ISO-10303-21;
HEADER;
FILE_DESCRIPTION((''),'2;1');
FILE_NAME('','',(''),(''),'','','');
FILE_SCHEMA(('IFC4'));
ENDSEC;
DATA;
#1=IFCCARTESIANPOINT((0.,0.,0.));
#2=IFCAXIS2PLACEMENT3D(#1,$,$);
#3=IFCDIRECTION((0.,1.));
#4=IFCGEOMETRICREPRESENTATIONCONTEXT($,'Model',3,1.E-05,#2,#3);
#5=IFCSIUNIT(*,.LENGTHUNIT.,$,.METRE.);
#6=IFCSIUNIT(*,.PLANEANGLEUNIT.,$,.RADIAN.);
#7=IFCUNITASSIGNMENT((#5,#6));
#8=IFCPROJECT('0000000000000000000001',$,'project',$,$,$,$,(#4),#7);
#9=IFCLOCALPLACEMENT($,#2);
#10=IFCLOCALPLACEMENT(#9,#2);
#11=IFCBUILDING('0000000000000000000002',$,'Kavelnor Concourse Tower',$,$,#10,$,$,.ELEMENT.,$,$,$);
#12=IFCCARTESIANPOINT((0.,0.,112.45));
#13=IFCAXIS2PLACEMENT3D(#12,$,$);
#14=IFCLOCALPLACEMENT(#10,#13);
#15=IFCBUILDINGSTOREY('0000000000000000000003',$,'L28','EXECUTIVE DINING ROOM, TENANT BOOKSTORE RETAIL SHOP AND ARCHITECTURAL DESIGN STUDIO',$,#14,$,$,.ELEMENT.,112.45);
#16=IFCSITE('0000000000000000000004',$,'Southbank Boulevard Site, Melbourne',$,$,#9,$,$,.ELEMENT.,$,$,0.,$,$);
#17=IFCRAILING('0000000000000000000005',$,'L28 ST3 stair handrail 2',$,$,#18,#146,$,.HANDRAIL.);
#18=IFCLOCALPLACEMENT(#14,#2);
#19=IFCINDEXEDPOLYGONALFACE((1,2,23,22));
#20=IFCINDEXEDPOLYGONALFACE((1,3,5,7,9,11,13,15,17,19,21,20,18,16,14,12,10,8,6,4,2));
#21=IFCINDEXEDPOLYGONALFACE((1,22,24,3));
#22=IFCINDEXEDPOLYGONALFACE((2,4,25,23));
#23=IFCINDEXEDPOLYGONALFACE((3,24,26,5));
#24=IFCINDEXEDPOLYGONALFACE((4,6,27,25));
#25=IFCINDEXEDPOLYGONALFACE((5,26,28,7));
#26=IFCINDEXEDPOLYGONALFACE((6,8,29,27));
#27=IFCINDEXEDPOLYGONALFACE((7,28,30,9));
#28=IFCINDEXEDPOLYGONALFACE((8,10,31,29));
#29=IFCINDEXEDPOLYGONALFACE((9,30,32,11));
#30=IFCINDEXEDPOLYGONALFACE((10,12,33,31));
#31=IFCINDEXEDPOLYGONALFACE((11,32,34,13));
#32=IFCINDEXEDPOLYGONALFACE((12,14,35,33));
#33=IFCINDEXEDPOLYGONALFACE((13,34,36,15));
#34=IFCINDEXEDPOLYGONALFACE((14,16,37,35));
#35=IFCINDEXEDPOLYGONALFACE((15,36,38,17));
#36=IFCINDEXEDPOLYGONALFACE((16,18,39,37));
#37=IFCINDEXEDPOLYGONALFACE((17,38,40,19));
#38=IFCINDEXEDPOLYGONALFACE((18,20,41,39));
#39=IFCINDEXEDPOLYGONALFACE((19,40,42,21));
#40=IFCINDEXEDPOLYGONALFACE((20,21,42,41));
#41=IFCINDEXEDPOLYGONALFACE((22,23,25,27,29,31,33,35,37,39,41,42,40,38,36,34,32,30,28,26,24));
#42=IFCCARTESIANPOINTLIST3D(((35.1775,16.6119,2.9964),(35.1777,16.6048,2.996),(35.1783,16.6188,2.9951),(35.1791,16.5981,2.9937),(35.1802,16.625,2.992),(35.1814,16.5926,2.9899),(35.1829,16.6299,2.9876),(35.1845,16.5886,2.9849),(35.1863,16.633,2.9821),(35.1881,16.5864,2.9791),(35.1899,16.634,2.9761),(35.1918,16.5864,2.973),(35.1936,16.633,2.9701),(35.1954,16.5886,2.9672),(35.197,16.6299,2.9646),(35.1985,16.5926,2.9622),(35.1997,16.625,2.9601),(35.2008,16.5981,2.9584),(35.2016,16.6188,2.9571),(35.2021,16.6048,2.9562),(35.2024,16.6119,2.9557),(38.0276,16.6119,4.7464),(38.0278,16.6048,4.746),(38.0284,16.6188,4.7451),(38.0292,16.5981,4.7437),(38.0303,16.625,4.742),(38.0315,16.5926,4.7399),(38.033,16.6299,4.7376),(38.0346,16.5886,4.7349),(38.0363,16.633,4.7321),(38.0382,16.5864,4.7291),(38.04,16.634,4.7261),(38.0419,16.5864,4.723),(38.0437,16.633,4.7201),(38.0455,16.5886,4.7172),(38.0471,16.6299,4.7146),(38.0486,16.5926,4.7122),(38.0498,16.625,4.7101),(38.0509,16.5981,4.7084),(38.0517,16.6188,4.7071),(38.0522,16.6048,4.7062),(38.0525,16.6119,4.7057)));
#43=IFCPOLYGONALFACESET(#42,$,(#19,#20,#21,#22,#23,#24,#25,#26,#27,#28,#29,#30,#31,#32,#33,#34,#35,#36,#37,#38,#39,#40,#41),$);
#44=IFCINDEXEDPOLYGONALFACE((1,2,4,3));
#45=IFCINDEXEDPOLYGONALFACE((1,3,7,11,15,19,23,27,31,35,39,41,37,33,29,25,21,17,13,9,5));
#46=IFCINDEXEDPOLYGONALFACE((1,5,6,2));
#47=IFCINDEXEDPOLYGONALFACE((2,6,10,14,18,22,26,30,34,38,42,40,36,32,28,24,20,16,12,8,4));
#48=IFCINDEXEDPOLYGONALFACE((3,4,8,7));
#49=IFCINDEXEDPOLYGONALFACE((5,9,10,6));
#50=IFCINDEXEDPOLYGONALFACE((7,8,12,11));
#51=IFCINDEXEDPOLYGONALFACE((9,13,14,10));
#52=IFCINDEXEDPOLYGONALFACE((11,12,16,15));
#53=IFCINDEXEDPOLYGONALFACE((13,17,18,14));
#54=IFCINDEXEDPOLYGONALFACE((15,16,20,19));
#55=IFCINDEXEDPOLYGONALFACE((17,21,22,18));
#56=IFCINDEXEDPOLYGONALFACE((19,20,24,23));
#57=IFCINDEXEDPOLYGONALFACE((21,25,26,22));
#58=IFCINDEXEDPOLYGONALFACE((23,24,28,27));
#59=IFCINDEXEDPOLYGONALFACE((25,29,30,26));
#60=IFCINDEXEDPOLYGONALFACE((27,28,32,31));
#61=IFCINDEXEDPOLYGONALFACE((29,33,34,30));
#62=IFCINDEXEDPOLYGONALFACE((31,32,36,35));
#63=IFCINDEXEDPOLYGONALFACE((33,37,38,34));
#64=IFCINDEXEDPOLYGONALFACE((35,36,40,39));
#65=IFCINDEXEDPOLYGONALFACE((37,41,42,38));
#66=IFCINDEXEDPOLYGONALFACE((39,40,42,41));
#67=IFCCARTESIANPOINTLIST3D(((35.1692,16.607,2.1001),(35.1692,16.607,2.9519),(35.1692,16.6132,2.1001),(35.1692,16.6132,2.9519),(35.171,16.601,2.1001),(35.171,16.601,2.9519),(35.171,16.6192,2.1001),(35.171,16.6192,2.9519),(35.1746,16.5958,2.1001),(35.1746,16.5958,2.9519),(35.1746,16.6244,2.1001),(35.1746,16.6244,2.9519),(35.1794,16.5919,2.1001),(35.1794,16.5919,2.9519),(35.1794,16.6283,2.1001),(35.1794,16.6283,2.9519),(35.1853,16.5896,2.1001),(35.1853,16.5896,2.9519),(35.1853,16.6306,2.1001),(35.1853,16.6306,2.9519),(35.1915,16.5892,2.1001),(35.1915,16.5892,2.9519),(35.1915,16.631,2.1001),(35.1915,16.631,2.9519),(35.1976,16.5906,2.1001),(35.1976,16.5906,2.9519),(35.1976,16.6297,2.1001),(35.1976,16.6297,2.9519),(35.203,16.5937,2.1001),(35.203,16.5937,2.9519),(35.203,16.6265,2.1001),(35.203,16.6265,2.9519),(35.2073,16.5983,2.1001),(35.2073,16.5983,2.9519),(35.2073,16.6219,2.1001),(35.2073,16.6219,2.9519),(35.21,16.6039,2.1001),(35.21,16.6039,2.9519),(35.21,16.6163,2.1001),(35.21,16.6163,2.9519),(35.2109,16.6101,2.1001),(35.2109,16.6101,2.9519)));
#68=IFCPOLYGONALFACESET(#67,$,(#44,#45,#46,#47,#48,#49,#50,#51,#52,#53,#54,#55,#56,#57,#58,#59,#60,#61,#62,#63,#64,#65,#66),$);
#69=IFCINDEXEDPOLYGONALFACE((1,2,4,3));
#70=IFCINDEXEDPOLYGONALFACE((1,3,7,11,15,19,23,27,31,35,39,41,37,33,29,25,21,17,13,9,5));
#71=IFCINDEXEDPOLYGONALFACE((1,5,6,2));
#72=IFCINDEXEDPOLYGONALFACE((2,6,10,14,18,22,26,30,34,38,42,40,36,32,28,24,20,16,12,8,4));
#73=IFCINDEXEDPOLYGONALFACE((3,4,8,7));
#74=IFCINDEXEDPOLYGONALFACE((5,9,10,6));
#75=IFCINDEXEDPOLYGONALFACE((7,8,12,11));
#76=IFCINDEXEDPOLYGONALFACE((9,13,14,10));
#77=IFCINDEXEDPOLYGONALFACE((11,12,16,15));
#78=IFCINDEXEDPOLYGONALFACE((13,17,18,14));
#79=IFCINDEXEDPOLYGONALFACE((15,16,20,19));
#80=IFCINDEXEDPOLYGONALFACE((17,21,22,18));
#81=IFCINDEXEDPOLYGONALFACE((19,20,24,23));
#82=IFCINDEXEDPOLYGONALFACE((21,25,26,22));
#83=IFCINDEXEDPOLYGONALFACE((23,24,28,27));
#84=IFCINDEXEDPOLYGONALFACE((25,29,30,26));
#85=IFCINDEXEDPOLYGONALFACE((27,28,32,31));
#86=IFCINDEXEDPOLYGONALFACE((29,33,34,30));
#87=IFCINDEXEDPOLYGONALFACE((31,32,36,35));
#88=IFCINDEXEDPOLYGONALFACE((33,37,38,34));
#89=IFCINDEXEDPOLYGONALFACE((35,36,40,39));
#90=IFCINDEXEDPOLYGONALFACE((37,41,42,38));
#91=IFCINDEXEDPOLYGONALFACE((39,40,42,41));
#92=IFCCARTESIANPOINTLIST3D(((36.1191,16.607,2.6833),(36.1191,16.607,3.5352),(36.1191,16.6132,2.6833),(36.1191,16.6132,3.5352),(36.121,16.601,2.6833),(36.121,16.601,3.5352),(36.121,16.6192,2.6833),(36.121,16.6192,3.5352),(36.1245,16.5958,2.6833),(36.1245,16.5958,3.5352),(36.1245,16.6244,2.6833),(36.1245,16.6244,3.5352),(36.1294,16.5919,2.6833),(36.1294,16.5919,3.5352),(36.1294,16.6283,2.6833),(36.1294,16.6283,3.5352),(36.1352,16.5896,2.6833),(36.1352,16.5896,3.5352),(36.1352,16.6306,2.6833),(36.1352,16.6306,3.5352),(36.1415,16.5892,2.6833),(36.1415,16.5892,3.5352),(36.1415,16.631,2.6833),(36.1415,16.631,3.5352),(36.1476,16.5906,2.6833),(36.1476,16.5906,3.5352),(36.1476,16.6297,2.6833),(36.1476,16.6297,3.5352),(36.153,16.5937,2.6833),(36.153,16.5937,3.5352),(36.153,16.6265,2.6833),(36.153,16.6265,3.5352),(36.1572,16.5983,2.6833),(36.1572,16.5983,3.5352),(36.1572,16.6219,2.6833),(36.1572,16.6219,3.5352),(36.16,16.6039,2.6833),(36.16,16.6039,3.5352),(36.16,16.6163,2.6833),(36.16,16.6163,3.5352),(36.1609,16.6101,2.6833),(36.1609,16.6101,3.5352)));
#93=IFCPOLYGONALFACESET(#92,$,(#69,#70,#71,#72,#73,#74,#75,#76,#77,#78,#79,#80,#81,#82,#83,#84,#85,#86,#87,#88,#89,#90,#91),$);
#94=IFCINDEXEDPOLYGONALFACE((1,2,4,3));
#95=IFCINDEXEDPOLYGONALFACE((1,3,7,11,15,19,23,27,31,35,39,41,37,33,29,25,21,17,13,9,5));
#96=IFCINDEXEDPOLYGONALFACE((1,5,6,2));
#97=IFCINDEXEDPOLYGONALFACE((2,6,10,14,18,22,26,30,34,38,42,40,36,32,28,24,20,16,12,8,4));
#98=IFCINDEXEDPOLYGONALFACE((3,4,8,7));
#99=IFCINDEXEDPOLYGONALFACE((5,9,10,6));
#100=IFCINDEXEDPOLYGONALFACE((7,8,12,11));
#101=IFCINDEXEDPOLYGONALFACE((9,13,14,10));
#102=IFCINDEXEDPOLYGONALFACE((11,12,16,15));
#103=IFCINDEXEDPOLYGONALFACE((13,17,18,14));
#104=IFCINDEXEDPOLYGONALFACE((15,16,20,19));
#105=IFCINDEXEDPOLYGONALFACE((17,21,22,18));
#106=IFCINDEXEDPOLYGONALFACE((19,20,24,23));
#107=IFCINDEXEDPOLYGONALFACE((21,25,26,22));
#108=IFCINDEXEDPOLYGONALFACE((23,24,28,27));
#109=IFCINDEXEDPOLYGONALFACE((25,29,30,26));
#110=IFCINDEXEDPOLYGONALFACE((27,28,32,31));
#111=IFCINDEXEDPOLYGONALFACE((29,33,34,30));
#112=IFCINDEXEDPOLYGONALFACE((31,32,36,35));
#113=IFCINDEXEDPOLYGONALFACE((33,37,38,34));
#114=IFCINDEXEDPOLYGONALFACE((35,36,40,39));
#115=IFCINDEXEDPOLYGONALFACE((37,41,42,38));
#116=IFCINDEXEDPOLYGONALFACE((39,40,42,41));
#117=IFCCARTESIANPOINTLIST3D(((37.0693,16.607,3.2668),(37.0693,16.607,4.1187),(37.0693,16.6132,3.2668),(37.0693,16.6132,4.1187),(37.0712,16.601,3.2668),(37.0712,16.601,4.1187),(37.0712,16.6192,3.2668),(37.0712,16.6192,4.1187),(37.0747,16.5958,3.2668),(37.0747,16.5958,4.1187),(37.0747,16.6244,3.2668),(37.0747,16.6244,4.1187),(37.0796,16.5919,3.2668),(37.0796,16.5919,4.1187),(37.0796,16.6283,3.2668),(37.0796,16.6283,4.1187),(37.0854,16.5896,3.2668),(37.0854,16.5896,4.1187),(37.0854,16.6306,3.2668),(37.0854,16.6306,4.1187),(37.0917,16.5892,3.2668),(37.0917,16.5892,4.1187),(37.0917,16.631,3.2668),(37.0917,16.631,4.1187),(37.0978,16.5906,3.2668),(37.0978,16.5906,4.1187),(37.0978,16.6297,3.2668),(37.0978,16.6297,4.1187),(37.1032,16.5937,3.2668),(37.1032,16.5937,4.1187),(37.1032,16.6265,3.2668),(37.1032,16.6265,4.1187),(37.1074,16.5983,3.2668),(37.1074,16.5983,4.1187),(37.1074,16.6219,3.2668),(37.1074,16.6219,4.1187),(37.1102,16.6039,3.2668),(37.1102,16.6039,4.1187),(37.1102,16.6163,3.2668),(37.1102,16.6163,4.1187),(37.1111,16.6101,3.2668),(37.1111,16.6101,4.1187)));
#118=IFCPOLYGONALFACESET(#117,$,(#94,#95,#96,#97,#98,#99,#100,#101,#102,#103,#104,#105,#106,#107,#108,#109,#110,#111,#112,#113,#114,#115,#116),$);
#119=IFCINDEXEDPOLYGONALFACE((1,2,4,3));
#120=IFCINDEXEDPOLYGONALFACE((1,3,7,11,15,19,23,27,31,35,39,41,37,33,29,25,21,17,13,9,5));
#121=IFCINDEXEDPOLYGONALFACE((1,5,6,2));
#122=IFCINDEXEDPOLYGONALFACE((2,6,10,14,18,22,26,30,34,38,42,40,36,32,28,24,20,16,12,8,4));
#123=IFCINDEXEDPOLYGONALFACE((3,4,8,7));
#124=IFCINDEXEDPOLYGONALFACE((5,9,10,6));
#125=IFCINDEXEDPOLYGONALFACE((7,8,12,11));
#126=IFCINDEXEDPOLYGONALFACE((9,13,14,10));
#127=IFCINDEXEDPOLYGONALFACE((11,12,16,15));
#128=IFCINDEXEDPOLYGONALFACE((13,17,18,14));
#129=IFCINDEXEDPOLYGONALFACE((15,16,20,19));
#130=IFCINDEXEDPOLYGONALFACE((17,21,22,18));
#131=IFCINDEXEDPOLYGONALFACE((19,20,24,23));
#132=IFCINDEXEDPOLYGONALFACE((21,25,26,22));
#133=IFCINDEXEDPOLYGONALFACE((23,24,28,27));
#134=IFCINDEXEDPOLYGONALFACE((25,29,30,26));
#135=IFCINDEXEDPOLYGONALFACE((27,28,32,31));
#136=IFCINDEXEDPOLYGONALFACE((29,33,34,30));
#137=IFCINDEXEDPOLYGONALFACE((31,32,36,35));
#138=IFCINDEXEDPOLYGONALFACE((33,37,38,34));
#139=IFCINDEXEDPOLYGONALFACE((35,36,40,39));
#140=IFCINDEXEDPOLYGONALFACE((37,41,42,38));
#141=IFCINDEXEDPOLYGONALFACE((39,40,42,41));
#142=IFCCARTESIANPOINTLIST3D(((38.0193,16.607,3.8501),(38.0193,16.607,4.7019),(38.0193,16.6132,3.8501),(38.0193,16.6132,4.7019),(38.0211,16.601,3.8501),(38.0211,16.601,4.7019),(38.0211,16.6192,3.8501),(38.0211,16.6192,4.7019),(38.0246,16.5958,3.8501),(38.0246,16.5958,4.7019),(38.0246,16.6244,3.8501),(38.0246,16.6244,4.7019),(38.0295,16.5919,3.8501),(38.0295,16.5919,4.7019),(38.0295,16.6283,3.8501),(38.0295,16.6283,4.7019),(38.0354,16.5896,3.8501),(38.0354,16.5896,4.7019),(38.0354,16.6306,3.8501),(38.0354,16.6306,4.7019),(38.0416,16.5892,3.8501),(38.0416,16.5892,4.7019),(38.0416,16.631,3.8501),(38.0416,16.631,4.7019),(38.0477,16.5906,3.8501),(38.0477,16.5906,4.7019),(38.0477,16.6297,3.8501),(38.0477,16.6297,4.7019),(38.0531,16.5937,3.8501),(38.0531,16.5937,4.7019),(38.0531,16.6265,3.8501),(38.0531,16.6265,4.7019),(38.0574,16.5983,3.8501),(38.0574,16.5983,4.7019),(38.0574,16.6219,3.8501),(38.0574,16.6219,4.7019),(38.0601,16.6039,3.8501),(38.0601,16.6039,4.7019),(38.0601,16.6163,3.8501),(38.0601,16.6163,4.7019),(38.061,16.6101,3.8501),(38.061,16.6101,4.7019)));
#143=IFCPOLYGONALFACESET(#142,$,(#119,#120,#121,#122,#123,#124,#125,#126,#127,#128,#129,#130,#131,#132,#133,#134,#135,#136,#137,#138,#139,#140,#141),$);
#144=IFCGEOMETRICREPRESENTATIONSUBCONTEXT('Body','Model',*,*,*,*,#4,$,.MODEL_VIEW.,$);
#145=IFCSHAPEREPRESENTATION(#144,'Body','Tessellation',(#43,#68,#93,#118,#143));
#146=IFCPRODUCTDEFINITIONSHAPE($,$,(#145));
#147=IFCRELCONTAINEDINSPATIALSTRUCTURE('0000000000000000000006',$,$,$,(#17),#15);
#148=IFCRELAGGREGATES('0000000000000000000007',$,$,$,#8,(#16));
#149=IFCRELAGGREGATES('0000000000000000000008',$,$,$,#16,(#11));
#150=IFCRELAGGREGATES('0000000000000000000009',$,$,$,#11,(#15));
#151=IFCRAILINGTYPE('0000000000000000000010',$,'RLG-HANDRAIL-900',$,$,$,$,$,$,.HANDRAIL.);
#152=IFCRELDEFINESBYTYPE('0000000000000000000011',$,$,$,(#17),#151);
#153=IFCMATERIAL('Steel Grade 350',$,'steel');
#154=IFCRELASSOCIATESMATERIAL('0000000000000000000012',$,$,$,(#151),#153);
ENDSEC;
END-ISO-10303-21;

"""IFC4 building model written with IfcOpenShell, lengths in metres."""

from ifc_helpers import new_model, si_unit, direction, frame, origin, origin_2d, place, context, subcontext, project, spatial, circle, extrude, material, type_object, element, save


model = new_model("IFC4")

# Units and contexts
model_context = context("Model", 3, precision=1e-05, world=origin(), true_north=direction((0.0, 1.0)))
body_context = subcontext(model_context, "Body", "Model", "MODEL_VIEW")
ifc_project = project(units=[si_unit("LENGTHUNIT", "METRE"), si_unit("PLANEANGLEUNIT", "RADIAN")], contexts=[model_context])

# Site, building, storey
site_placement = place(None, origin())
site = spatial("IfcSite", under=ifc_project, at=site_placement, Name="Southbank Boulevard Site, Melbourne", CompositionType="ELEMENT", RefElevation=0.0)
building_placement = place(site_placement, origin())
building = spatial("IfcBuilding", under=site, at=building_placement, Name="Kavelnor Concourse Tower", CompositionType="ELEMENT")
storey_placement = place(building_placement, frame((0.0, 0.0, 112.45)))
storey = spatial("IfcBuildingStorey", under=building, at=storey_placement, Name="L28", Description="EXECUTIVE DINING ROOM, TENANT BOOKSTORE RETAIL SHOP AND ARCHITECTURAL DESIGN STUDIO", CompositionType="ELEMENT", Elevation=112.45)

# Shared definitions
ifc_material_1 = material(Name="Steel Grade 350", Category="steel")

# Railing
railing_type_1 = type_object("IfcRailingType", Name="RLG-HANDRAIL-900", PredefinedType="HANDRAIL", material=ifc_material_1)
railing_1_placement = place(storey_placement, frame((35.1899, 16.6101, 2.1001)))
element("IfcRailing", 1, at=railing_1_placement, inside=storey, type_object=railing_type_1, Name="L28 ST3 stair handrail 2", PredefinedType="HANDRAIL", context=body_context, shape_type="SweptSolid", body=[
    extrude(circle(Radius=0.0239, at=origin_2d()), frame((0.0, 0.0, 0.876), z_axis=(0.852179, 0.0, 0.52325), x_axis=(0.0, 1.0, 0.0)), (0.0, 0.0, 1.0), 3.3445),
    extrude(circle(Radius=0.021, at=origin_2d()), origin(), (0.0, 0.0, 1.0), 0.8518),
    extrude(circle(Radius=0.021, at=origin_2d()), frame((0.95, 0.0, 0.5833)), (0.0, 0.0, 1.0), 0.8518),
    extrude(circle(Radius=0.021, at=origin_2d()), frame((1.9001, 0.0, 1.1667)), (0.0, 0.0, 1.0), 0.8518),
    extrude(circle(Radius=0.021, at=origin_2d()), frame((2.8501, 0.0, 1.75)), (0.0, 0.0, 1.0), 0.8518),
])

save(model, "model.ifc")
